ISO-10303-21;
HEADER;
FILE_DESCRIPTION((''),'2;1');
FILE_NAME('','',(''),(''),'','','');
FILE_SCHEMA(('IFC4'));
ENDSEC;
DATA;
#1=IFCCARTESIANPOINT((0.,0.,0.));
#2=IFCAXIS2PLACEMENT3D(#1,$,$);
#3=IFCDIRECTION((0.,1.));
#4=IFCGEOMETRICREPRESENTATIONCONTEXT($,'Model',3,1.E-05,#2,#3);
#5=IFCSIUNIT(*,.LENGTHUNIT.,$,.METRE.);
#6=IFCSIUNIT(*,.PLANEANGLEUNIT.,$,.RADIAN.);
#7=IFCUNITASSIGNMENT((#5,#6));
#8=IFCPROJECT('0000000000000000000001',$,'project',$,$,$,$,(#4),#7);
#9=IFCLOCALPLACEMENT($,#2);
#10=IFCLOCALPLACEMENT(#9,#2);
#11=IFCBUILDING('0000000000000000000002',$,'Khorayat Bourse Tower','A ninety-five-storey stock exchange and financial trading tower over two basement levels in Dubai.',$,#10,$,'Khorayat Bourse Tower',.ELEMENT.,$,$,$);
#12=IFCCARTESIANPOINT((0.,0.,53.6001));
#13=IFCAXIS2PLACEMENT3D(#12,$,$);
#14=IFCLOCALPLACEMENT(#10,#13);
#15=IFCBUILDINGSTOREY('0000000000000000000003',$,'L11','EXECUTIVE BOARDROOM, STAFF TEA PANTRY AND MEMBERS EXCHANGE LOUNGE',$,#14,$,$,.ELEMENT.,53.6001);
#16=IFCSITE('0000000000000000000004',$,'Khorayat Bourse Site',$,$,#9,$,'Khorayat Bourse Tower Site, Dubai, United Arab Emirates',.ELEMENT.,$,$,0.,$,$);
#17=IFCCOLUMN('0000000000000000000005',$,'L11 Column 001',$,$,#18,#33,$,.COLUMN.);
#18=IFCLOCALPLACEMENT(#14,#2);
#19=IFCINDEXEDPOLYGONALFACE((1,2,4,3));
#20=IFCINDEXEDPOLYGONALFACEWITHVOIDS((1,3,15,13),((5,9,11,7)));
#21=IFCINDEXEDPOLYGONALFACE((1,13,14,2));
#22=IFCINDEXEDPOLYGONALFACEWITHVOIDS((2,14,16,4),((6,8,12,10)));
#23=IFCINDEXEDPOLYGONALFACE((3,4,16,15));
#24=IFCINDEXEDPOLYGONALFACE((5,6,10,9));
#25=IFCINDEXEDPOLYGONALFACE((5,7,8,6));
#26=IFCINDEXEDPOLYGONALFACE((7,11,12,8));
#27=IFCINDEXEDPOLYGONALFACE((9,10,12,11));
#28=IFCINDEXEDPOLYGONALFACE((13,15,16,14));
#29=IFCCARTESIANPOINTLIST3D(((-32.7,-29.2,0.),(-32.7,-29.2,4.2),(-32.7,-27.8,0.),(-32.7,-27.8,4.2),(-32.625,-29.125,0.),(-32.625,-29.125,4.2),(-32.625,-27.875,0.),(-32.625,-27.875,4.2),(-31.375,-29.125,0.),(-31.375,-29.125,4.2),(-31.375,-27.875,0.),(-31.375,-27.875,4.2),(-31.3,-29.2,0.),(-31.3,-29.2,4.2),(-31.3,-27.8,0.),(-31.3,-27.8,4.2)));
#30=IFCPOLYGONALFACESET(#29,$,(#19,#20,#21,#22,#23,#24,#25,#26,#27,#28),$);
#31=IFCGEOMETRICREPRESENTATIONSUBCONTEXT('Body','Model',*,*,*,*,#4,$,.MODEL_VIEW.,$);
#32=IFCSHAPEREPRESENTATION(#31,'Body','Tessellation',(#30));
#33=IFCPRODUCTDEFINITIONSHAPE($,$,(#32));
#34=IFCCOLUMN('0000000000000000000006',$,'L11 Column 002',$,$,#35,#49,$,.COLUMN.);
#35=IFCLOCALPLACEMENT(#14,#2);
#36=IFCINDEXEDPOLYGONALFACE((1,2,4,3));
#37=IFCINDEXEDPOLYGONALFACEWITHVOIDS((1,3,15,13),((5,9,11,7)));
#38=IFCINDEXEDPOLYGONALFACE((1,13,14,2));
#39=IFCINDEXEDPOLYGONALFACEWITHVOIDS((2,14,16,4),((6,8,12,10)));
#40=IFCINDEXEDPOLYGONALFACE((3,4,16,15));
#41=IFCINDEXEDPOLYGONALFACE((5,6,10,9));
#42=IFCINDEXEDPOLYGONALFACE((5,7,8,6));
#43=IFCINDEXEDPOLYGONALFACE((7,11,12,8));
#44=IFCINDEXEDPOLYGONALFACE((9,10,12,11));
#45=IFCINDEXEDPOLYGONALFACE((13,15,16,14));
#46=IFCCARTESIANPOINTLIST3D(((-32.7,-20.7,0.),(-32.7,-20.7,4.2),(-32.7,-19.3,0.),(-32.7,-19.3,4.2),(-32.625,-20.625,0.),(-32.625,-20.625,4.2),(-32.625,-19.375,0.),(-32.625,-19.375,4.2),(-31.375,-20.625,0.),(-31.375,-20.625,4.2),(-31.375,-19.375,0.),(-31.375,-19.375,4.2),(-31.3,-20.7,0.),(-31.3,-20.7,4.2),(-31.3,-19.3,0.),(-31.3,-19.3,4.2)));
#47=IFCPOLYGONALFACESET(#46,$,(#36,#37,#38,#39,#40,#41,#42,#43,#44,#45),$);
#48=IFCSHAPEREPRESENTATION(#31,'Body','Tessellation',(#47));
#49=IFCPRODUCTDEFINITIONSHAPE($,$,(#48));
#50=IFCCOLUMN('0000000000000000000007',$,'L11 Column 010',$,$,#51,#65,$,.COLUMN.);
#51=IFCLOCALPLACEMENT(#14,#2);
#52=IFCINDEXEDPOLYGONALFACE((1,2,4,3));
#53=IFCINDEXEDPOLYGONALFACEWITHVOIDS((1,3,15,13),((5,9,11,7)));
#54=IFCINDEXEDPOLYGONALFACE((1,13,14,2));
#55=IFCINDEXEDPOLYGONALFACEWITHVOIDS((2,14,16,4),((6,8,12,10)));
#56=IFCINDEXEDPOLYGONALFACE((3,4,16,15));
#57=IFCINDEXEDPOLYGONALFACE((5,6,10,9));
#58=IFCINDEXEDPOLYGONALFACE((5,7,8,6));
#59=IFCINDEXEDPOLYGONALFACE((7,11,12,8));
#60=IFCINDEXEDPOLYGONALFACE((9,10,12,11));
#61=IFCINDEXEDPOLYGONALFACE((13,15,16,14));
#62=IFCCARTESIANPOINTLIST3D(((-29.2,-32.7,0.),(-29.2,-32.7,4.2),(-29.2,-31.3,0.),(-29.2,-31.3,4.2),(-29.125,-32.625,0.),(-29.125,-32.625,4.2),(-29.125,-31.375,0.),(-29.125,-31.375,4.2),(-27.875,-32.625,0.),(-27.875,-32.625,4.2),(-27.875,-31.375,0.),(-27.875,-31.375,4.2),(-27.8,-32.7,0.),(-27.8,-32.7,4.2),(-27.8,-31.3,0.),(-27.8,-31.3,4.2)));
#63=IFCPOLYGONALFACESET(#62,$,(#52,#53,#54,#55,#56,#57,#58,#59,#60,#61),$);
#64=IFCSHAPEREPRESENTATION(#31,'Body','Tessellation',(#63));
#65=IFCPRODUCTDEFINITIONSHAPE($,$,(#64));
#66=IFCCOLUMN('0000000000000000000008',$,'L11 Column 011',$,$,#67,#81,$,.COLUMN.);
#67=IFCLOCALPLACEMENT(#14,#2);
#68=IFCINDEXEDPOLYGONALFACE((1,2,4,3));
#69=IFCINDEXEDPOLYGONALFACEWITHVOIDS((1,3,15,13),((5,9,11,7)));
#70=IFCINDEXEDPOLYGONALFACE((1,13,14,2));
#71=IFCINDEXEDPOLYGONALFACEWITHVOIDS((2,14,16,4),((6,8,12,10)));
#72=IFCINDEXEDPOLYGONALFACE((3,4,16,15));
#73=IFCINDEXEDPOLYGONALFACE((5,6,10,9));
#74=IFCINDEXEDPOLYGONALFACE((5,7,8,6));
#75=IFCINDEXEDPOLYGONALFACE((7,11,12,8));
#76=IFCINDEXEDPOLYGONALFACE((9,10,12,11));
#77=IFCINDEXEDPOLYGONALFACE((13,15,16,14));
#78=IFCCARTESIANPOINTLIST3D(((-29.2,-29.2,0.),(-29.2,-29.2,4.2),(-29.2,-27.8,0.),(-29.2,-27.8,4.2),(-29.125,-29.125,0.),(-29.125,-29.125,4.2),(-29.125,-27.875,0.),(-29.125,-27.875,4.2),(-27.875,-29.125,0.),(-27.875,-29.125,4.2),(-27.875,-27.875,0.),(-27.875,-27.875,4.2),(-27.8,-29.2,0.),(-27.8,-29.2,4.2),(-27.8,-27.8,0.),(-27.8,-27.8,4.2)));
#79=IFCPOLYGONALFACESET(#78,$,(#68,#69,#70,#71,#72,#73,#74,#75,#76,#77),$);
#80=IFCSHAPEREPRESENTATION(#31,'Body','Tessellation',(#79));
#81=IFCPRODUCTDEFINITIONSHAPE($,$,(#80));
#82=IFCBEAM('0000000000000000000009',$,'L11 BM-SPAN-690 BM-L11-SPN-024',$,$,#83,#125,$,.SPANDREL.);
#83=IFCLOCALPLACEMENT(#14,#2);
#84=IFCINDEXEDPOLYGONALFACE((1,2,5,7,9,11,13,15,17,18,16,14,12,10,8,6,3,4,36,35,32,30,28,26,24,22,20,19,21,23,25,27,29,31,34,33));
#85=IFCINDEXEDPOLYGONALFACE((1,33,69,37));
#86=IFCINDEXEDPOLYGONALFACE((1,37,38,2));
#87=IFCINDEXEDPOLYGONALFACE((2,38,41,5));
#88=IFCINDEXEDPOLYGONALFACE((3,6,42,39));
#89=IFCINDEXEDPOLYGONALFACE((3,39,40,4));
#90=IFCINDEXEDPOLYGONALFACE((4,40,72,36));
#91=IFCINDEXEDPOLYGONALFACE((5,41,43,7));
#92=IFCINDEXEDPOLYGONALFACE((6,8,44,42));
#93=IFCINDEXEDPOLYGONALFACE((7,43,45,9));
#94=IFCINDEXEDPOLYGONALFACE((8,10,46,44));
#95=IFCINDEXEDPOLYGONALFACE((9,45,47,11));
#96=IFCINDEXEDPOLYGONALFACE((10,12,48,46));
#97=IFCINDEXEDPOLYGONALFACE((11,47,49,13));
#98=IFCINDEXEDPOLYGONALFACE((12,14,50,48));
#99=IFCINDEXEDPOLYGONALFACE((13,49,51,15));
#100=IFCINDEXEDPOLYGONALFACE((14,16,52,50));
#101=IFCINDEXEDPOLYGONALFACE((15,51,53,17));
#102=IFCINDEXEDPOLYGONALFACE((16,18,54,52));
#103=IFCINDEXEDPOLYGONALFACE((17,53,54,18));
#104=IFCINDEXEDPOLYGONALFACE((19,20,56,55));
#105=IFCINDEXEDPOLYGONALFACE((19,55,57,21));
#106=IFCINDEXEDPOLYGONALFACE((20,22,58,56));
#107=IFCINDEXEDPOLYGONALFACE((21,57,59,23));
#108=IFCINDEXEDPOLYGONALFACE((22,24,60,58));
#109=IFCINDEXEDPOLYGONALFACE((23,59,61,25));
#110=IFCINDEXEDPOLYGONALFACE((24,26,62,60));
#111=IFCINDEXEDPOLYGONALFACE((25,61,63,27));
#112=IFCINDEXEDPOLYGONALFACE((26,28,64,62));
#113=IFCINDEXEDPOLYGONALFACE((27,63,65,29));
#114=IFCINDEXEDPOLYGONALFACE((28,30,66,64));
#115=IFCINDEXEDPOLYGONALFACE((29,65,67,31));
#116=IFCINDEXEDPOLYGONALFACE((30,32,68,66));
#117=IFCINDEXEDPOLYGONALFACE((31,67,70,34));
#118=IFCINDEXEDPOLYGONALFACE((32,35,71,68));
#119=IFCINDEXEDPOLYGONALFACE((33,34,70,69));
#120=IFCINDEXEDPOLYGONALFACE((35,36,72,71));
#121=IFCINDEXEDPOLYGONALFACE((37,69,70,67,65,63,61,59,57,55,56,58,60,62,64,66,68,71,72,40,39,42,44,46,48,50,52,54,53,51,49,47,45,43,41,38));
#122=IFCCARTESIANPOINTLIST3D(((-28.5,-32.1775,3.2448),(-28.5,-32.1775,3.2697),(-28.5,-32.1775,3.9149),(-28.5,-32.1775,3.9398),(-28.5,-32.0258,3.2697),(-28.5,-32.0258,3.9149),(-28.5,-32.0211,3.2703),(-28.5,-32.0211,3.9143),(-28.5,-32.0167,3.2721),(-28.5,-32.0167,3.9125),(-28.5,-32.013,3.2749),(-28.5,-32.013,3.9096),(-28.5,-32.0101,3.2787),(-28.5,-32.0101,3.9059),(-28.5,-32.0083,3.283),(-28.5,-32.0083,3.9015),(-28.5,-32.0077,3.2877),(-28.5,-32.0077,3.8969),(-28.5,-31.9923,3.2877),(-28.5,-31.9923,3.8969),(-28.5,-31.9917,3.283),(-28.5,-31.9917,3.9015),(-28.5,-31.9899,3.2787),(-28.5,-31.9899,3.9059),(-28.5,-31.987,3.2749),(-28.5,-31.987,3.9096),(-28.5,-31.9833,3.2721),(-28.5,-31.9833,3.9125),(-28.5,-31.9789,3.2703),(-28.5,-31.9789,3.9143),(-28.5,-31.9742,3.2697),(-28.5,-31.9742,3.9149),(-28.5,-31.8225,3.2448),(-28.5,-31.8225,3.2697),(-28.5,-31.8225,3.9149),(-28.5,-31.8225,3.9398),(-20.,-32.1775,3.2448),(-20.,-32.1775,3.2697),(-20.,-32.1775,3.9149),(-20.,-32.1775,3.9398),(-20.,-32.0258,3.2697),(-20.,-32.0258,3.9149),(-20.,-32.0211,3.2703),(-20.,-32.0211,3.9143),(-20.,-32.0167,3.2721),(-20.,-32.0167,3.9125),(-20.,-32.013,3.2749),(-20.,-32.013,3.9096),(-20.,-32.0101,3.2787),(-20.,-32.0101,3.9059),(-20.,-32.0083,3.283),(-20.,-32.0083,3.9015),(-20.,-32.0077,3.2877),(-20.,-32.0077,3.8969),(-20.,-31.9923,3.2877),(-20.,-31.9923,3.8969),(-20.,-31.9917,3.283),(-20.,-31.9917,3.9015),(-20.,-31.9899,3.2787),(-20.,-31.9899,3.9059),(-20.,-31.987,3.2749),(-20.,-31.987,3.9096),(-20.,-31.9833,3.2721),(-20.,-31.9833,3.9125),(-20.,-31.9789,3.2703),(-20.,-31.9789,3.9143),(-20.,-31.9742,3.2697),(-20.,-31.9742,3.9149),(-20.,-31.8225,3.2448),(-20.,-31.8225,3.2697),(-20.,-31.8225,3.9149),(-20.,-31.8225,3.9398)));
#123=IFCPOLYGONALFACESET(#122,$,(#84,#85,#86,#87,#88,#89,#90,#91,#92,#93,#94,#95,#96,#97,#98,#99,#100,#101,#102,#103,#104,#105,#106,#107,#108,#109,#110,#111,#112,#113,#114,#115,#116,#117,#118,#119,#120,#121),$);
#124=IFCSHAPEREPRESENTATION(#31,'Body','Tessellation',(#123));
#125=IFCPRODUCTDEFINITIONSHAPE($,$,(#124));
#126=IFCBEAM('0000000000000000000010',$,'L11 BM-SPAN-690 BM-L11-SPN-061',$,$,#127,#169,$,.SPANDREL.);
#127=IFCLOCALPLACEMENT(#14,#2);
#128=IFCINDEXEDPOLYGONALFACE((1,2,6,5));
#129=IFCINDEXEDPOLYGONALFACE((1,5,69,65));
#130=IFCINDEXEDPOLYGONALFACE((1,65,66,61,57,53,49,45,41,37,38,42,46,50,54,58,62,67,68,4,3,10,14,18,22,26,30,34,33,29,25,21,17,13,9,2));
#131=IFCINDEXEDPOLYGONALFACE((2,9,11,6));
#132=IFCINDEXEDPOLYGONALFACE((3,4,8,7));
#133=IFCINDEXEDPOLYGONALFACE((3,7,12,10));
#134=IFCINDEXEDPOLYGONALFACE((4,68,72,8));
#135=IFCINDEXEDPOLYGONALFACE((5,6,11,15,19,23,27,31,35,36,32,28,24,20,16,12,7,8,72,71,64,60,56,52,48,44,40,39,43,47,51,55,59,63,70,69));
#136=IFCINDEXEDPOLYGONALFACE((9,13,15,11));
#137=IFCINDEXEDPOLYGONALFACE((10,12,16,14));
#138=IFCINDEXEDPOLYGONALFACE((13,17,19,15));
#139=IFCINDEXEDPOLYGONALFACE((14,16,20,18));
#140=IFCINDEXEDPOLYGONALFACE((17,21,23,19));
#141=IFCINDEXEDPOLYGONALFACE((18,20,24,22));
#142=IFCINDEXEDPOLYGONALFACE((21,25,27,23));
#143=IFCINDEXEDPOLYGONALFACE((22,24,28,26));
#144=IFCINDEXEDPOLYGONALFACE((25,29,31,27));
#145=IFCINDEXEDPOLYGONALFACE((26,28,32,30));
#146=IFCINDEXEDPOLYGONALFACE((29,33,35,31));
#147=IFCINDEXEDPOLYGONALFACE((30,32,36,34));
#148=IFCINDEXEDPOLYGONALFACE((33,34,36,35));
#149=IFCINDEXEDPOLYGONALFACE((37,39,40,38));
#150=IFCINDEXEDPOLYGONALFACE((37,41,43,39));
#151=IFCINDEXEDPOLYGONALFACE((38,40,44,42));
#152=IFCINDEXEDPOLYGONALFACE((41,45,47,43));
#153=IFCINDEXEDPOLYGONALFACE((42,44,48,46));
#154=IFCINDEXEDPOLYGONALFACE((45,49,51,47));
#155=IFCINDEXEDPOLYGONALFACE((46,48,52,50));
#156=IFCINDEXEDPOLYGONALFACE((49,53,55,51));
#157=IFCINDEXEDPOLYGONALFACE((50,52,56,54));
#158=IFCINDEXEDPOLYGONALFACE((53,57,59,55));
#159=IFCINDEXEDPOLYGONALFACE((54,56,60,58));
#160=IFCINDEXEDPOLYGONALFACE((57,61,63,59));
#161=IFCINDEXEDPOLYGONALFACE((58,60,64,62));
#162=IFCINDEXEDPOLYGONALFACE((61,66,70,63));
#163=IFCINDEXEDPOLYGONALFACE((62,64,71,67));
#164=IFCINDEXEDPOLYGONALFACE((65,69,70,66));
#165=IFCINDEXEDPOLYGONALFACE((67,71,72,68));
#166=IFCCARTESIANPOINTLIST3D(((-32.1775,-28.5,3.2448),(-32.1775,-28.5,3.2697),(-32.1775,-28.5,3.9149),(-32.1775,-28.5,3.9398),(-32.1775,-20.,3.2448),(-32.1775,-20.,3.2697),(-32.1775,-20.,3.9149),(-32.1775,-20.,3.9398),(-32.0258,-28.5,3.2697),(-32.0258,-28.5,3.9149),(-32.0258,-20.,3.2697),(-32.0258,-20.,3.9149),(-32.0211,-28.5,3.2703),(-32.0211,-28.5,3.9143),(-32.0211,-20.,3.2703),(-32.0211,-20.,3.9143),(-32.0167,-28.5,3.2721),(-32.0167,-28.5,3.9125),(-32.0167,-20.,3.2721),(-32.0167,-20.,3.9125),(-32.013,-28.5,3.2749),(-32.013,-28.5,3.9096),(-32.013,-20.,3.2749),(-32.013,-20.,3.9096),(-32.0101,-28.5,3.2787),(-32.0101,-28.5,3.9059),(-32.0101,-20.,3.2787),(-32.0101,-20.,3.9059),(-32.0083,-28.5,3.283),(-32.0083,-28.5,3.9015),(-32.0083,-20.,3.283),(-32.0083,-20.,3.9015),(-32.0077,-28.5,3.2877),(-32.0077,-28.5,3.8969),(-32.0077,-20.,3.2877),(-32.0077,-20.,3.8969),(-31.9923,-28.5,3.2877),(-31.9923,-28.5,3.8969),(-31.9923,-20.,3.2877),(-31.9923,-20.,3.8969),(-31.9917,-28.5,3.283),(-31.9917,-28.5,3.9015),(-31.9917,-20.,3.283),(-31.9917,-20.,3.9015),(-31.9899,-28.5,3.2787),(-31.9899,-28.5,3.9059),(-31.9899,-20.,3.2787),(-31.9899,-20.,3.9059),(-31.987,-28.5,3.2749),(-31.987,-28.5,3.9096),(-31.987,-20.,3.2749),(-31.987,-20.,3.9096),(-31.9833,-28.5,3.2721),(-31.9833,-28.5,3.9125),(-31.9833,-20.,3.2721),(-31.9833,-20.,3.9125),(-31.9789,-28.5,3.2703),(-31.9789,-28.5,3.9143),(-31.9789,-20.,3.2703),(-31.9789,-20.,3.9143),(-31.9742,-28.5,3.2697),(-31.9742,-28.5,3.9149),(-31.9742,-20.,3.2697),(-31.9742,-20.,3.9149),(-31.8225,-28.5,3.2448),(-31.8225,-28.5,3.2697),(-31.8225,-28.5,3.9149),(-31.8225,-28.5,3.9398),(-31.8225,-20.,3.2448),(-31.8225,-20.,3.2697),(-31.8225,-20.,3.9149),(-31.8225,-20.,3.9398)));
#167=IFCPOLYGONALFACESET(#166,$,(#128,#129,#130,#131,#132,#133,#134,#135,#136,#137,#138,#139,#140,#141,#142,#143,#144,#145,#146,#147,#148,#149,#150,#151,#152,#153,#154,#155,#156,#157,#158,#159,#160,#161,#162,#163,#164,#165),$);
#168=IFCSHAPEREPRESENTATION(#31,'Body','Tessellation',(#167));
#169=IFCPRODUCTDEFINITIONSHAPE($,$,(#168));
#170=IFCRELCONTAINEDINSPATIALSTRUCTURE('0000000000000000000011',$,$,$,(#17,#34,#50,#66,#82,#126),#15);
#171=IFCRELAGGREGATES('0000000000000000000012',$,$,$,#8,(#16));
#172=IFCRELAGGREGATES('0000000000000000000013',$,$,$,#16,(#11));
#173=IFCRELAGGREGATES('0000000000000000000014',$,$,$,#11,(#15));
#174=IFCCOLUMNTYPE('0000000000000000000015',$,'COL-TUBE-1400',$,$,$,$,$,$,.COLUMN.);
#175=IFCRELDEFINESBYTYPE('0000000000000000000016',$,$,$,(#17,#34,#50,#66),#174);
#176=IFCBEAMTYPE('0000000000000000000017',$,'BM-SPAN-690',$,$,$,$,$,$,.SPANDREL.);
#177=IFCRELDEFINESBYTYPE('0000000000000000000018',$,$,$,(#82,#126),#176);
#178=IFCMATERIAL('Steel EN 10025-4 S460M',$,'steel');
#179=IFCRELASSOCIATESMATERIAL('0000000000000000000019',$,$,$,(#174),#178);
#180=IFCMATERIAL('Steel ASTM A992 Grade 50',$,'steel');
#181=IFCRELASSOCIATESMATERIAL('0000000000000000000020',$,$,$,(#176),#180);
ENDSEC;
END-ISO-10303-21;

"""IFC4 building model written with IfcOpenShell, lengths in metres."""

from ifc_helpers import new_model, si_unit, direction, frame, origin, origin_2d, place, context, subcontext, project, spatial, hollow_rectangle, i_section, extrude, source, transform, mapped, material, material_profile, profile_set, type_object, element, save


model = new_model("IFC4")

# Units and contexts
model_context = context("Model", 3, precision=1e-05, world=origin(), true_north=direction((0.0, 1.0)))
body_context = subcontext(model_context, "Body", "Model", "MODEL_VIEW")
ifc_project = project(units=[si_unit("LENGTHUNIT", "METRE"), si_unit("PLANEANGLEUNIT", "RADIAN")], contexts=[model_context])

# Site, building, storey
site_placement = place(None, origin())
site = spatial("IfcSite", under=ifc_project, at=site_placement, Name="Khorayat Bourse Site", LongName="Khorayat Bourse Tower Site, Dubai, United Arab Emirates", CompositionType="ELEMENT", RefElevation=0.0)
building_placement = place(site_placement, origin())
building = spatial("IfcBuilding", under=site, at=building_placement, Name="Khorayat Bourse Tower", Description="A ninety-five-storey stock exchange and financial trading tower over two basement levels in Dubai.", LongName="Khorayat Bourse Tower", CompositionType="ELEMENT")
storey_placement = place(building_placement, frame((0.0, 0.0, 53.6001)))
storey = spatial("IfcBuildingStorey", under=building, at=storey_placement, Name="L11", Description="EXECUTIVE BOARDROOM, STAFF TEA PANTRY AND MEMBERS EXCHANGE LOUNGE", CompositionType="ELEMENT", Elevation=53.6001)

# Columns
ifc_material_1 = material(Name="Steel EN 10025-4 S460M", Category="steel")
ifc_material_profile_1 = material_profile(ifc_material_1, hollow_rectangle(XDim=1.3999, YDim=1.3999, WallThickness=0.075, at=origin_2d()), Name="BOX 1400x1400x75")
ifc_profile_set_1 = profile_set([ifc_material_profile_1], Name="Steel EN 10025-4 S460M")
column_type = type_object("IfcColumnType", Name="COL-TUBE-1400", PredefinedType="COLUMN", material=ifc_profile_set_1)
shared_shape_1 = source(origin(), body_context, "Body", "SweptSolid", [
    extrude(hollow_rectangle(XDim=1.3999, YDim=1.3999, WallThickness=0.075, at=origin_2d()), origin(), (0.0, 0.0, 1.0), 4.2),
])
for number, where, z_axis, x_axis, name in (
    (1, (-32.0, -28.5, 0.0), (0.0, 0.0, 1.0), (1.0, 0.0, 0.0), "L11 Column 001"),
    (2, (-32.0, -20.0, 0.0), (0.0, 0.0, 1.0), (1.0, 0.0, 0.0), "L11 Column 002"),
    (3, (-28.5, -32.0, 0.0), (0.0, 0.0, 1.0), (1.0, 0.0, 0.0), "L11 Column 010"),
    (4, (-28.5, -28.5, 0.0), (0.0, 0.0, 1.0), (1.0, 0.0, 0.0), "L11 Column 011"),
):
    element("IfcColumn", number, at=place(storey_placement, frame(where, z_axis=z_axis, x_axis=x_axis)), inside=storey, type_object=column_type, Name=name, PredefinedType="COLUMN", context=body_context, shape_type="MappedRepresentation", body=[
        mapped(shared_shape_1, transform((0.0, 0.0, 0.0), scale=1.0)),
    ])

# Beams
ifc_material_2 = material(Name="Steel ASTM A992 Grade 50", Category="steel")
ifc_material_profile_2 = material_profile(ifc_material_2, i_section(OverallWidth=0.355, OverallDepth=0.6951, WebThickness=0.0154, FlangeThickness=0.0249, FilletRadius=0.0181, at=origin_2d()), Name="W690X217")
ifc_profile_set_2 = profile_set([ifc_material_profile_2], Name="Steel ASTM A992 Grade 50")
beam_type_1 = type_object("IfcBeamType", Name="BM-SPAN-690", PredefinedType="SPANDREL", material=ifc_profile_set_2)
shared_shape_2 = source(origin(), body_context, "Body", "SweptSolid", [
    extrude(i_section(OverallWidth=0.355, OverallDepth=0.6951, WebThickness=0.0154, FlangeThickness=0.0249, FilletRadius=0.0181, at=origin_2d()), origin(), (0.0, 0.0, 1.0), 8.5),
])
for number, where, z_axis, x_axis, name in (
    (5, (-28.5, -32.0, 3.5923), (1.0, 0.0, 0.0), (0.0, 1.0, 0.0), "L11 BM-SPAN-690 BM-L11-SPN-024"),
    (6, (-32.0, -28.5, 3.5923), (0.0, 1.0, 0.0), (-1.0, 0.0, 0.0), "L11 BM-SPAN-690 BM-L11-SPN-061"),
):
    element("IfcBeam", number, at=place(storey_placement, frame(where, z_axis=z_axis, x_axis=x_axis)), inside=storey, type_object=beam_type_1, Name=name, PredefinedType="SPANDREL", context=body_context, shape_type="MappedRepresentation", body=[
        mapped(shared_shape_2, transform((0.0, 0.0, 0.0), scale=1.0)),
    ])

save(model, "model.ifc")
